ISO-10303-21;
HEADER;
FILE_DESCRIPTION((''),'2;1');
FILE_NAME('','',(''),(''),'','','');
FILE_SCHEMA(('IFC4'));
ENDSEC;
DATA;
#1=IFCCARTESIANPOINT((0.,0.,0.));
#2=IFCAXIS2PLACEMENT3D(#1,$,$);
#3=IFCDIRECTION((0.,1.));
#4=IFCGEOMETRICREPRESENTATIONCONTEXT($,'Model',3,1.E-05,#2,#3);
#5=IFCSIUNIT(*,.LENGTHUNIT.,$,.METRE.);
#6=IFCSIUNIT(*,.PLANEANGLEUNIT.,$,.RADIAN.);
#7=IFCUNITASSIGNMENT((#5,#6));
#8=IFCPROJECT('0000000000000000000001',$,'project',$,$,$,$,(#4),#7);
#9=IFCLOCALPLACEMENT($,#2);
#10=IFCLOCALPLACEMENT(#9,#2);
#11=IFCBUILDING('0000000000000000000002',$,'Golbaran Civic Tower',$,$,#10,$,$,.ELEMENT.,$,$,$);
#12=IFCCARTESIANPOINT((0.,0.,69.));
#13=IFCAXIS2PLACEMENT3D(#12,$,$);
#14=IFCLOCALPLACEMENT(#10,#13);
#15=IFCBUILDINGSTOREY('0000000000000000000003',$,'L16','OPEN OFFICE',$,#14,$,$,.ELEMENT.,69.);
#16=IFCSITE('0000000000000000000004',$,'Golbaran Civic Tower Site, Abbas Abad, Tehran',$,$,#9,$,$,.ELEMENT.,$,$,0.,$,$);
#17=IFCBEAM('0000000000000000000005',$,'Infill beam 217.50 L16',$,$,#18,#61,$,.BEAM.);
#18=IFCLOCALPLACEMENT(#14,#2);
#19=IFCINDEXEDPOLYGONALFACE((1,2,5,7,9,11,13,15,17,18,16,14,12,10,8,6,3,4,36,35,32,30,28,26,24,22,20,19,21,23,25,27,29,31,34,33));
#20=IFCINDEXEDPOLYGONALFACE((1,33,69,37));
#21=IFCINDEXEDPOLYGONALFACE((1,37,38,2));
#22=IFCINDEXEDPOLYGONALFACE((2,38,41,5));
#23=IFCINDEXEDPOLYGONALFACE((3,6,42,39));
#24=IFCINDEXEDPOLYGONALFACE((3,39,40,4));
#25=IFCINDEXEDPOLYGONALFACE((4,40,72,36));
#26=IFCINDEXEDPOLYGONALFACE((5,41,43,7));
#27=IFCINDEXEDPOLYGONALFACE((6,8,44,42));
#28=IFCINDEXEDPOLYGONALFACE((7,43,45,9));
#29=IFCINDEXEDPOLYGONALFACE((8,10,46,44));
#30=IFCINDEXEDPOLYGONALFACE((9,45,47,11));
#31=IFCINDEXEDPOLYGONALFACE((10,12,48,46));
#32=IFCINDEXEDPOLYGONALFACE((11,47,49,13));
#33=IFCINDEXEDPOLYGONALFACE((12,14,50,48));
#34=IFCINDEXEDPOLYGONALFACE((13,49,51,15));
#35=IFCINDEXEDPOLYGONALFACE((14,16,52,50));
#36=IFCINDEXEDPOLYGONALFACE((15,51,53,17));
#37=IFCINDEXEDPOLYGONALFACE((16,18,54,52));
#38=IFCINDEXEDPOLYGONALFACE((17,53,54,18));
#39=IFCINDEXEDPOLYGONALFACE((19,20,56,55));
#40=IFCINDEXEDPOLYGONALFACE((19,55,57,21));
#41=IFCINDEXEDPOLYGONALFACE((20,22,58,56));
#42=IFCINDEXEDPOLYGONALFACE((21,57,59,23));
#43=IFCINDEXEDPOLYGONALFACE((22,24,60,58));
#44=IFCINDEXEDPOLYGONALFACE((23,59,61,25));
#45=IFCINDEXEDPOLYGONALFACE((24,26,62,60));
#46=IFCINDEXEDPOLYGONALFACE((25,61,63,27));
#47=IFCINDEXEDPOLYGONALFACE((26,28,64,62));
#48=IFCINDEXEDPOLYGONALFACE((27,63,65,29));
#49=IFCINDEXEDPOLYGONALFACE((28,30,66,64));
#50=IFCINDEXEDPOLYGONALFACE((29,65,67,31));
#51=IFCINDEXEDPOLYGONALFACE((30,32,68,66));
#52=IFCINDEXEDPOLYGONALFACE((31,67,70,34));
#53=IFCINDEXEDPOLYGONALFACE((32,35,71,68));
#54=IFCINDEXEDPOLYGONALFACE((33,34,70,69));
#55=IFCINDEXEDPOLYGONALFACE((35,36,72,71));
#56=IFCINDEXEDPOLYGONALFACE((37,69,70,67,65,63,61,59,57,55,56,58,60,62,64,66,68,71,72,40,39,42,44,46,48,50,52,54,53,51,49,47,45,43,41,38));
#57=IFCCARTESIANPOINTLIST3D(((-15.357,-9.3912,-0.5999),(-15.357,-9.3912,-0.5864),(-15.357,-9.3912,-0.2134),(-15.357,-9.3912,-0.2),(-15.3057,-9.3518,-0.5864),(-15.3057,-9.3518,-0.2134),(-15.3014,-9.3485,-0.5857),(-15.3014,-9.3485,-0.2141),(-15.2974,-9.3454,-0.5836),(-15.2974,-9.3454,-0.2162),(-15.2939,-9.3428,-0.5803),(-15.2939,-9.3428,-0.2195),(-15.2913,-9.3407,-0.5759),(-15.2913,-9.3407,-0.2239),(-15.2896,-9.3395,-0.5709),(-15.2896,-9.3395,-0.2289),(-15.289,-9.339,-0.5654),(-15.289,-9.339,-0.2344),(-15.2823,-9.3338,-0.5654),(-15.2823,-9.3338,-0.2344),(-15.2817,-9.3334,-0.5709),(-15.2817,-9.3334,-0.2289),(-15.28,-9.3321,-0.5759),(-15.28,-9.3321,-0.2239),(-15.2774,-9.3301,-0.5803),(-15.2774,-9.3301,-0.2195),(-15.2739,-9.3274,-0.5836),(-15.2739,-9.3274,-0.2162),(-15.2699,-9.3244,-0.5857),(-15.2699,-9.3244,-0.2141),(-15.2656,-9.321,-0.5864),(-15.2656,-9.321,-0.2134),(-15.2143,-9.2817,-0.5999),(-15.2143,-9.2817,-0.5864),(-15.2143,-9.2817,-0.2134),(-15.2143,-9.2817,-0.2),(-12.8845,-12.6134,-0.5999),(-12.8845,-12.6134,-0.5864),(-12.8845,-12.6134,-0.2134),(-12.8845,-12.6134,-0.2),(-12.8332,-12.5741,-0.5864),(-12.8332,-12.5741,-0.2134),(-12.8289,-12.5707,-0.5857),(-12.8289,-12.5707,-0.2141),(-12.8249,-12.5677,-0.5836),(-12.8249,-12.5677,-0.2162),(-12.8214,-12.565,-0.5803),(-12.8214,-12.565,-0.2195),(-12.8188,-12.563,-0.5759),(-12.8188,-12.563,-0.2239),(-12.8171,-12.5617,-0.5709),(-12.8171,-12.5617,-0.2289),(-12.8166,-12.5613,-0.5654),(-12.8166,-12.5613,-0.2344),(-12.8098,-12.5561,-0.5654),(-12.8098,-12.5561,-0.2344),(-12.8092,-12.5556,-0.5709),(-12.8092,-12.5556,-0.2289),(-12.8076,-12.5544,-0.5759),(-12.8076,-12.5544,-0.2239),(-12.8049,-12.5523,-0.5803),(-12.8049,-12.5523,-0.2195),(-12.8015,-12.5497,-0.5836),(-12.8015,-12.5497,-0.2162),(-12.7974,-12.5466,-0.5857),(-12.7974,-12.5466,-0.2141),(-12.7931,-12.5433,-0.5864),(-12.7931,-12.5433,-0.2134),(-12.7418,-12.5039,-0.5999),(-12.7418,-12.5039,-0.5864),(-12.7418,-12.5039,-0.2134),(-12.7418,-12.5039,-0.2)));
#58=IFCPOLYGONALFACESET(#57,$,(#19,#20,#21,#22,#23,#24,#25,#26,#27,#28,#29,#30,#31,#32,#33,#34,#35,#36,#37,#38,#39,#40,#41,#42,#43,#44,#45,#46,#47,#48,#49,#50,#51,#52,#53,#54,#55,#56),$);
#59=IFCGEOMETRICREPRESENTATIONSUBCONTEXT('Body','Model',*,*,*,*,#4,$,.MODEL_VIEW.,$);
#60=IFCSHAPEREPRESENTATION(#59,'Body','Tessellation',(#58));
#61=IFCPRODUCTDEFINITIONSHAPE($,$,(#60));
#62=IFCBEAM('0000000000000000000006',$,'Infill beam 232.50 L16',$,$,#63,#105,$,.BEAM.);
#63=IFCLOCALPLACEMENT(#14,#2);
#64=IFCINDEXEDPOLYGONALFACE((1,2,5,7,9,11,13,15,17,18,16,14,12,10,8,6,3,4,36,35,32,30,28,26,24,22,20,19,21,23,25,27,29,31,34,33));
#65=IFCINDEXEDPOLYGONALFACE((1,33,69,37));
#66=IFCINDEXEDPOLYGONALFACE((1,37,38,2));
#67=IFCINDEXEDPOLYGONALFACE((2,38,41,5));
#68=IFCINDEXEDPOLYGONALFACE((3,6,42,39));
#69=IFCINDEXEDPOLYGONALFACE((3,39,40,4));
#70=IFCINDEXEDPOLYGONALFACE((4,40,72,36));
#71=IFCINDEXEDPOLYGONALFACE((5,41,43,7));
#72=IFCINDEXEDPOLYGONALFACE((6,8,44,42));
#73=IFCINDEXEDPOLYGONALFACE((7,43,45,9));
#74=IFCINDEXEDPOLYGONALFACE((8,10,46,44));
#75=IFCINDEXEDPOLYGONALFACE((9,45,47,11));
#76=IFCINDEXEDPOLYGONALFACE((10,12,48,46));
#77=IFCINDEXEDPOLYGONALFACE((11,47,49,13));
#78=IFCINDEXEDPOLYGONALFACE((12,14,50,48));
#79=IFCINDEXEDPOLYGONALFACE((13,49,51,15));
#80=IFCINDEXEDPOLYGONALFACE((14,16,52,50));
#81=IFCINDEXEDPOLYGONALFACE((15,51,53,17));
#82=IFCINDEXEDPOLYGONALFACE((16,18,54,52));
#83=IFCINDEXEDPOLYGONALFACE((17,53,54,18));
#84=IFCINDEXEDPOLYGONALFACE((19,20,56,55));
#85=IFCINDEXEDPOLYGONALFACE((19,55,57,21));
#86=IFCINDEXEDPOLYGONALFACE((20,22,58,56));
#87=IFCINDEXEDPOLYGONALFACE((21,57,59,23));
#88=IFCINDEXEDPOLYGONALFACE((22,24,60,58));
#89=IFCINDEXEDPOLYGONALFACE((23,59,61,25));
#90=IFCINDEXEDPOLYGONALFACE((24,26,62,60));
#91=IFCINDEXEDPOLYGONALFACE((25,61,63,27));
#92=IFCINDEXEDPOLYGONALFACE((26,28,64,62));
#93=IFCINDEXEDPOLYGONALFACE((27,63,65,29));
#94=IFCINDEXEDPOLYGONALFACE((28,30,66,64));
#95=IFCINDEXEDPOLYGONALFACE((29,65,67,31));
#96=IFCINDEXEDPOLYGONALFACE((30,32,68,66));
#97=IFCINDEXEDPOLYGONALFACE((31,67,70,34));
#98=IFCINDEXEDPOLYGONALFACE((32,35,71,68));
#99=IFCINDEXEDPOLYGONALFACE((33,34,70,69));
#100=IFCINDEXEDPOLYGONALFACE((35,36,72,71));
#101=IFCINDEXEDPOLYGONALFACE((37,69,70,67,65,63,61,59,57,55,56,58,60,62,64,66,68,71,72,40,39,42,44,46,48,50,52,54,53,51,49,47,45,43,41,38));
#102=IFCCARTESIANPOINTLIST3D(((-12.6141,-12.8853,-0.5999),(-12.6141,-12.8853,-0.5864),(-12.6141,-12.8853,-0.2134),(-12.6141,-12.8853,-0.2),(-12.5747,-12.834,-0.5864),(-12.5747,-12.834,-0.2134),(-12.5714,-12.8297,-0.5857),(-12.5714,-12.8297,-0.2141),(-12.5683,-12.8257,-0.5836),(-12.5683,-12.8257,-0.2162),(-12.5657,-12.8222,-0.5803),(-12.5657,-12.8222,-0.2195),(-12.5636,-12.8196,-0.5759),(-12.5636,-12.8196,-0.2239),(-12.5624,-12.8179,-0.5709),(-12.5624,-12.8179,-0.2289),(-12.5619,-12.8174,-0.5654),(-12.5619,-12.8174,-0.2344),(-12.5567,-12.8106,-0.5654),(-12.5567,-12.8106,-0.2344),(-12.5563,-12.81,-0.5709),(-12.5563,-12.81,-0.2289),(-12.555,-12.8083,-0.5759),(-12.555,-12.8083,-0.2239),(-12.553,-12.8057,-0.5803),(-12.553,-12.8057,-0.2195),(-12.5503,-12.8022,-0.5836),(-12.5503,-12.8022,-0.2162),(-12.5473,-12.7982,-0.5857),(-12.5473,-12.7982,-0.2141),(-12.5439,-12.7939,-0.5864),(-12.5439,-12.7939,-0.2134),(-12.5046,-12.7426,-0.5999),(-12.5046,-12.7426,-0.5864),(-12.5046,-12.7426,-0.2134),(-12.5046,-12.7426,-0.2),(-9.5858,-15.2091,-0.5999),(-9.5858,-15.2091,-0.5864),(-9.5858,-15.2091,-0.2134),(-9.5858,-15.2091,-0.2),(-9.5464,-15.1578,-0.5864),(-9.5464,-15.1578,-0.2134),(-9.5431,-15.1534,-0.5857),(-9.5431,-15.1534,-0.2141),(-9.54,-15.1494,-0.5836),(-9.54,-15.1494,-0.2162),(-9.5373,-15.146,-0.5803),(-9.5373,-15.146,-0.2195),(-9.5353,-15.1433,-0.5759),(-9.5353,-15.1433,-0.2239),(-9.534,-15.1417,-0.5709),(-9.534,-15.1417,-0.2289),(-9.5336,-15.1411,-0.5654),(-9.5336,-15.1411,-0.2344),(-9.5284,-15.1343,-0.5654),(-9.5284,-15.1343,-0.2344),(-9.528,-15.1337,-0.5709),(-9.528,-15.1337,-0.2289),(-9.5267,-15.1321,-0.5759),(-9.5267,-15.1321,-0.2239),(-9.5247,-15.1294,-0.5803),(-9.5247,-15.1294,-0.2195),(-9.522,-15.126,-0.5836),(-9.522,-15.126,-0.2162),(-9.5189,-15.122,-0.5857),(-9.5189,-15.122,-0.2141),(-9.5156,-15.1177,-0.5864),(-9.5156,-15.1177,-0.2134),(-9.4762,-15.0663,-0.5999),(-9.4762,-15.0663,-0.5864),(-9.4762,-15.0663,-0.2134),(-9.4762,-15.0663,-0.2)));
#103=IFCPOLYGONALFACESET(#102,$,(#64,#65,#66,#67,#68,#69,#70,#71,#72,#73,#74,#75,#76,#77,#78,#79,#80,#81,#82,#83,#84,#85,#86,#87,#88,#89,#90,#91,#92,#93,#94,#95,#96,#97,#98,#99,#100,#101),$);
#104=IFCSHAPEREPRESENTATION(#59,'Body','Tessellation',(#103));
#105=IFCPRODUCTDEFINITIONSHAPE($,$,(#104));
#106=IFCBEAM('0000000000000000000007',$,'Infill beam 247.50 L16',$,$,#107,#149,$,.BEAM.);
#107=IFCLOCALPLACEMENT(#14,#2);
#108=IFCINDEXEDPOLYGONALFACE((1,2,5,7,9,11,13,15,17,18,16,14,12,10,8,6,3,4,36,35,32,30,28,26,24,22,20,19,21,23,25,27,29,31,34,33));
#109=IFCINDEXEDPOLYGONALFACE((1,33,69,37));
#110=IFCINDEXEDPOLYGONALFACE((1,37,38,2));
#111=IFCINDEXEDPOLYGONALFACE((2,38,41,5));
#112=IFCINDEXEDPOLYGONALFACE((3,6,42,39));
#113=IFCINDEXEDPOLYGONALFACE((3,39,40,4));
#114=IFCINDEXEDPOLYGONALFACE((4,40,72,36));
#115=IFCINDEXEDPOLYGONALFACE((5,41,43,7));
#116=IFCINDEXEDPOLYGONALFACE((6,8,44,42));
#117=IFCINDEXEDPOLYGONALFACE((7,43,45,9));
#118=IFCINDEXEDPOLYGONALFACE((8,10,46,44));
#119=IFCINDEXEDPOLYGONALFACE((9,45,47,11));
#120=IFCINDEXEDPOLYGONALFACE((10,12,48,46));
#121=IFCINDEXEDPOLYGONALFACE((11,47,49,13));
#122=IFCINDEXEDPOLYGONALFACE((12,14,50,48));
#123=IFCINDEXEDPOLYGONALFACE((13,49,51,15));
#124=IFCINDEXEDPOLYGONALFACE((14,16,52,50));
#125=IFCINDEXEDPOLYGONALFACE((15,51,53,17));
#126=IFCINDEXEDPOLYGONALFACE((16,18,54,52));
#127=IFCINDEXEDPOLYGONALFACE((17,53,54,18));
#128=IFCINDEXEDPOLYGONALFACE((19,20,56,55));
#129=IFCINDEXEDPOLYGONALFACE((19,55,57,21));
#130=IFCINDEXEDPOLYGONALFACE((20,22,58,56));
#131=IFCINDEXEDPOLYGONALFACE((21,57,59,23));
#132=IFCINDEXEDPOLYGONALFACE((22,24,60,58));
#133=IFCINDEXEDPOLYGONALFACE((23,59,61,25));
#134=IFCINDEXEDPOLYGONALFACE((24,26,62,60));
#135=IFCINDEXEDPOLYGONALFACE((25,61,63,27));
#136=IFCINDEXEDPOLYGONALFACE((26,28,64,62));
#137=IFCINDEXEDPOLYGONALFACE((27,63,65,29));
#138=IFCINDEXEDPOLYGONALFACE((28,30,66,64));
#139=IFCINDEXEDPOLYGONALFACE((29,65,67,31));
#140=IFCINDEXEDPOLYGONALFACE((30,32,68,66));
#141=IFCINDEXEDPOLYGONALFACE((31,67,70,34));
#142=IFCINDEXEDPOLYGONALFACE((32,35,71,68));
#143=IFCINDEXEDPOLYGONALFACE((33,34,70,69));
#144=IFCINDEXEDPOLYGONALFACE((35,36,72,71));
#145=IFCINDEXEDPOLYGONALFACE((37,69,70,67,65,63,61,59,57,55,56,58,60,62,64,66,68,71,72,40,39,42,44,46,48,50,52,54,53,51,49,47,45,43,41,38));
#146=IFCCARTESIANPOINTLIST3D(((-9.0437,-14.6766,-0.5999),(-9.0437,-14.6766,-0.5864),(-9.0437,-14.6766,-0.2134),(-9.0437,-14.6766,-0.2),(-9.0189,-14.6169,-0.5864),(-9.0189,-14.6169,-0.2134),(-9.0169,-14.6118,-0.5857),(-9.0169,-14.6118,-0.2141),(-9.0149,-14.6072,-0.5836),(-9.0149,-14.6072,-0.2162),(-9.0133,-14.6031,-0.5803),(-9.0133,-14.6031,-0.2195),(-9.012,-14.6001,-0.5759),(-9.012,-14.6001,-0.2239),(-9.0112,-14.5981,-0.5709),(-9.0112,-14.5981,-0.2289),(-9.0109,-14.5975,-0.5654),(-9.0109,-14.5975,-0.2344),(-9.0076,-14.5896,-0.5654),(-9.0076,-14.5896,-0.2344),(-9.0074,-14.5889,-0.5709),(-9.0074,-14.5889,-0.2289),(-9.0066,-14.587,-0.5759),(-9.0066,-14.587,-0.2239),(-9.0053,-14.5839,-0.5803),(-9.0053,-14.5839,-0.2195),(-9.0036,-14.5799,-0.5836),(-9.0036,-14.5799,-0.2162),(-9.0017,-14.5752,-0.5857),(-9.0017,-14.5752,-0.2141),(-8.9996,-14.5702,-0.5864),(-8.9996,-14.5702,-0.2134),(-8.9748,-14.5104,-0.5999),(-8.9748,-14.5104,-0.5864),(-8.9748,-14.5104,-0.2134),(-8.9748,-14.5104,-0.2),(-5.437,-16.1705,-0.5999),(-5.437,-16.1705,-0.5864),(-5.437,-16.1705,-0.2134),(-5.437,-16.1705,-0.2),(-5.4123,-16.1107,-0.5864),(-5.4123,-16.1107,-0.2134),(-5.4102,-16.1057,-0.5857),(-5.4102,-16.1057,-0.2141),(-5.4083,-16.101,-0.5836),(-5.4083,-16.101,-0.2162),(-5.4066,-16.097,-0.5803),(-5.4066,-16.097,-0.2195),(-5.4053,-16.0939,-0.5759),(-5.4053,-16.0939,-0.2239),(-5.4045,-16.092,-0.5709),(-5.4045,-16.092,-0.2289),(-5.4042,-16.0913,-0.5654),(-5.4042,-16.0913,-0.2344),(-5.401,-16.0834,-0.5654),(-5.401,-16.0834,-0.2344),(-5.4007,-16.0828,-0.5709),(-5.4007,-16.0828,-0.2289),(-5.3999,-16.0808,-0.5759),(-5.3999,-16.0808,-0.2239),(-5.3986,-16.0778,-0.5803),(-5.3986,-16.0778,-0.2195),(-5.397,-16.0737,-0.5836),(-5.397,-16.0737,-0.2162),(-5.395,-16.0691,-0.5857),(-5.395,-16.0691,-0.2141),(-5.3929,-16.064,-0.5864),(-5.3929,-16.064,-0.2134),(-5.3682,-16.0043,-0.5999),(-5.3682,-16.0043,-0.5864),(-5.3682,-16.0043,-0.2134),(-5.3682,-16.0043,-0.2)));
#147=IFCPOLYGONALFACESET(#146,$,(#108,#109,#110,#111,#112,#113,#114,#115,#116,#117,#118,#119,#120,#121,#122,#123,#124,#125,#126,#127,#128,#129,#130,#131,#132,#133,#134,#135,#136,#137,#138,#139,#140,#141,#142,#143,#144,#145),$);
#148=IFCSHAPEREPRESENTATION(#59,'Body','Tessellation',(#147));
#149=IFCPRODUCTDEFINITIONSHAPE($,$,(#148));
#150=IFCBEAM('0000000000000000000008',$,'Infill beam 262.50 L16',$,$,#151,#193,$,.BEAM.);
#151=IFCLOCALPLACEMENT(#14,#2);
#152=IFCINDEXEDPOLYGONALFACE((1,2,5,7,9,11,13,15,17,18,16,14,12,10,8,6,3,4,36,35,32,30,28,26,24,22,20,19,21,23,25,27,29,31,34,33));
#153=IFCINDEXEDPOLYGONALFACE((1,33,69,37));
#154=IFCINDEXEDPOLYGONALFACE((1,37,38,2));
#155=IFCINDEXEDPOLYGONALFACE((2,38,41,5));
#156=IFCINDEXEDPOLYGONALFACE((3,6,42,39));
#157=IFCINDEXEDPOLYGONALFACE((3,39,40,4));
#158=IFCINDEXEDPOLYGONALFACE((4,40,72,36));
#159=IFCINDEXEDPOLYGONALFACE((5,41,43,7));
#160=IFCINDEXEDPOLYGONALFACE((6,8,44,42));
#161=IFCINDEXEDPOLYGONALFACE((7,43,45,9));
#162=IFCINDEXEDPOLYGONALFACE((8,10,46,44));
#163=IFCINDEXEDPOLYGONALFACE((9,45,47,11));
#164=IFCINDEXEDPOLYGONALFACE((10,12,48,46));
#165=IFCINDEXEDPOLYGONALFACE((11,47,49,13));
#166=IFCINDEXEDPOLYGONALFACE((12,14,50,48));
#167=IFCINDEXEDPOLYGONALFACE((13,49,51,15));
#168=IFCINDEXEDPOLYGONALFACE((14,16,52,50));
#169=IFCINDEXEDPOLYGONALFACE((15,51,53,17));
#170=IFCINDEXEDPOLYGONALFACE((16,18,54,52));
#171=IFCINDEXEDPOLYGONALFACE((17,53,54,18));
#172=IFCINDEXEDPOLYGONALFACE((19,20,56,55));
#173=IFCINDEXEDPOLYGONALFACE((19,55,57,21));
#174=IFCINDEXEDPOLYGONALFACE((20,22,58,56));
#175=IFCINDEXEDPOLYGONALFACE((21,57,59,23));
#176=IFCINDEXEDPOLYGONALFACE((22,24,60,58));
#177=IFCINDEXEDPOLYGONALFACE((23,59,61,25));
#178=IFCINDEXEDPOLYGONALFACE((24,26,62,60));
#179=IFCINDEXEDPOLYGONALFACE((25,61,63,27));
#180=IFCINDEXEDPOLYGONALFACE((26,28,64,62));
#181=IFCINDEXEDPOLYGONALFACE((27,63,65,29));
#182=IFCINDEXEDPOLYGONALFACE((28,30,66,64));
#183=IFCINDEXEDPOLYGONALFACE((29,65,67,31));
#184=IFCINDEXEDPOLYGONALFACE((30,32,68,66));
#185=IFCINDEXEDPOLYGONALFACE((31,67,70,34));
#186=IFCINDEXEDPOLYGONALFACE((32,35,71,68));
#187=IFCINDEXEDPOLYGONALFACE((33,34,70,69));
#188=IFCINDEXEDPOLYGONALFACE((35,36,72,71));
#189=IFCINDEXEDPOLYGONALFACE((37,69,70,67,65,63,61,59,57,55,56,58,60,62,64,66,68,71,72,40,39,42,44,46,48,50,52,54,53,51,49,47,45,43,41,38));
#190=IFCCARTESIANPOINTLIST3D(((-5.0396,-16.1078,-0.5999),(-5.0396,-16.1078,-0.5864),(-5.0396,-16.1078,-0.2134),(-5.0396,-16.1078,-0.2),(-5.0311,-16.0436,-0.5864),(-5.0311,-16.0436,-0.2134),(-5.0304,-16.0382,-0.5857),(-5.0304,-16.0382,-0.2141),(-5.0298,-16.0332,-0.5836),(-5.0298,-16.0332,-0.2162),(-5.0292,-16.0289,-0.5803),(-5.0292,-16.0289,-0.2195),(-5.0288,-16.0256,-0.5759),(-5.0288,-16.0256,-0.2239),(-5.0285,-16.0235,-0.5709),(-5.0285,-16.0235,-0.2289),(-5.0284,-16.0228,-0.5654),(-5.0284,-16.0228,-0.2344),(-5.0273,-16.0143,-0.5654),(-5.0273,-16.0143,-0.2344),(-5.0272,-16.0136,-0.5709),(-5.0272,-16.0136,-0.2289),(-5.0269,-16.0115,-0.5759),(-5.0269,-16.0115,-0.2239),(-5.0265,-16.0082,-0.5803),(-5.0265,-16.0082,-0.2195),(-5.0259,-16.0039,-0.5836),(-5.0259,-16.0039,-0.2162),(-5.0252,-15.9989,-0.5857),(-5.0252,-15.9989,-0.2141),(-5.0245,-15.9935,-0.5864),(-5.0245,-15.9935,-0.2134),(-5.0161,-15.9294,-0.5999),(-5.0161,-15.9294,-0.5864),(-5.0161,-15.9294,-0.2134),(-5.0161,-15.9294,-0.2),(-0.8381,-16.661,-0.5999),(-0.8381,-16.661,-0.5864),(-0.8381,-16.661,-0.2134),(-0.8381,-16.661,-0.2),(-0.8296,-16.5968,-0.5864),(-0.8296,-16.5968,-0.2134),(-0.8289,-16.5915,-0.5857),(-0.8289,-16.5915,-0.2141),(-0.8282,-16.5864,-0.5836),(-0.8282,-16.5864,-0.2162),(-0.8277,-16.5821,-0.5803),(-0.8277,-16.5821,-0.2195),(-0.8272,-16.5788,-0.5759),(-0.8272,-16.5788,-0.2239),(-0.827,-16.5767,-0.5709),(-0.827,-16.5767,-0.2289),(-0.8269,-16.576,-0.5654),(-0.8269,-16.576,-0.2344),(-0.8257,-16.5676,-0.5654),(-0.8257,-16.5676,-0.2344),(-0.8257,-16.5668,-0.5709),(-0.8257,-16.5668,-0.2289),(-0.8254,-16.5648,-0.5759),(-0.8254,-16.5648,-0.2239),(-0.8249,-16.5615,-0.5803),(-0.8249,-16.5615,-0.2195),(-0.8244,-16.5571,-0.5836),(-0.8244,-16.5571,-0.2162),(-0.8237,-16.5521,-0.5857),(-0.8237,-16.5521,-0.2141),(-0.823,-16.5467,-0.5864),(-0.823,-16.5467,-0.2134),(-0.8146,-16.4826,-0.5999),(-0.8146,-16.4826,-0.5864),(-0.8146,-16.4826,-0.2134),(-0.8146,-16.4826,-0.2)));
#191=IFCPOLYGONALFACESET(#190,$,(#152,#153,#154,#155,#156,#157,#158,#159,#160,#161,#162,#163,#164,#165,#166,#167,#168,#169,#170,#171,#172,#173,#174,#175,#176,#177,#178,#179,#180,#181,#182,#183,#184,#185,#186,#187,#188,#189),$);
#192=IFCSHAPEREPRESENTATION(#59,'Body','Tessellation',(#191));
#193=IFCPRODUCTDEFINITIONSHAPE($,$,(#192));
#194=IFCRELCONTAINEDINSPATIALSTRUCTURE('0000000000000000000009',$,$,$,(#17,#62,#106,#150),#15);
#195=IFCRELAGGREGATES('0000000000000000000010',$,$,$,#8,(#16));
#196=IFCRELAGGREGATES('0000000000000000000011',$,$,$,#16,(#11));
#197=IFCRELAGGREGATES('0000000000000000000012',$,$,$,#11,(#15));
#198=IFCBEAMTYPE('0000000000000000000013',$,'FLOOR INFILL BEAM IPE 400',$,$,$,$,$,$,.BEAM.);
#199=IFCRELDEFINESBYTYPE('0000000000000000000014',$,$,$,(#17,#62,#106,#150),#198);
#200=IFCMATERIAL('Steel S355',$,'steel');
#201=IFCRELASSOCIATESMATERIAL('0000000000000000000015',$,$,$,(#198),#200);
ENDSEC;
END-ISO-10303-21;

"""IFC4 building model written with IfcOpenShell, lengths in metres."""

from ifc_helpers import new_model, si_unit, direction, frame, origin, origin_2d, place, context, subcontext, project, spatial, i_section, extrude, material, material_profile, profile_set, type_object, element, save


model = new_model("IFC4")

# Units and contexts
model_context = context("Model", 3, precision=1e-05, world=origin(), true_north=direction((0.0, 1.0)))
body_context = subcontext(model_context, "Body", "Model", "MODEL_VIEW")
ifc_project = project(units=[si_unit("LENGTHUNIT", "METRE"), si_unit("PLANEANGLEUNIT", "RADIAN")], contexts=[model_context])

# Site, building, storey
site_placement = place(None, origin())
site = spatial("IfcSite", under=ifc_project, at=site_placement, Name="Golbaran Civic Tower Site, Abbas Abad, Tehran", CompositionType="ELEMENT", RefElevation=0.0)
building_placement = place(site_placement, origin())
building = spatial("IfcBuilding", under=site, at=building_placement, Name="Golbaran Civic Tower", CompositionType="ELEMENT")
storey_placement = place(building_placement, frame((0.0, 0.0, 69.0)))
storey = spatial("IfcBuildingStorey", under=building, at=storey_placement, Name="L16", Description="OPEN OFFICE", CompositionType="ELEMENT", Elevation=69.0)

# Beams
ifc_material_1 = material(Name="Steel S355", Category="steel")
ifc_material_profile_1 = material_profile(ifc_material_1, i_section(OverallWidth=0.1799, OverallDepth=0.3999, WebThickness=0.0085, FlangeThickness=0.0134, FilletRadius=0.021, at=origin_2d()), Name="IPE 400")
ifc_profile_set_1 = profile_set([ifc_material_profile_1], Name="Steel S355")
beam_type_1 = type_object("IfcBeamType", Name="FLOOR INFILL BEAM IPE 400", PredefinedType="BEAM", material=ifc_profile_set_1)
beam_1_placement = place(storey_placement, frame((-15.2856, -9.3364, -0.3999), z_axis=(0.608755, -0.793359, 0.0), x_axis=(0.793359, 0.608755, 0.0)))
element("IfcBeam", 1, at=beam_1_placement, inside=storey, type_object=beam_type_1, Name="Infill beam 217.50 L16", PredefinedType="BEAM", context=body_context, shape_type="SweptSolid", body=[
    extrude(i_section(OverallWidth=0.1799, OverallDepth=0.3999, WebThickness=0.0085, FlangeThickness=0.0134, FilletRadius=0.021, at=origin_2d()), origin(), (0.0, 0.0, 1.0), 4.0615),
])
beam_2_placement = place(storey_placement, frame((-12.5593, -12.814, -0.3999), z_axis=(0.793351, -0.608764, 0.0), x_axis=(0.608764, 0.793351, 0.0)))
element("IfcBeam", 2, at=beam_2_placement, inside=storey, type_object=beam_type_1, Name="Infill beam 232.50 L16", PredefinedType="BEAM", context=body_context, shape_type="SweptSolid", body=[
    extrude(i_section(OverallWidth=0.1799, OverallDepth=0.3999, WebThickness=0.0085, FlangeThickness=0.0134, FilletRadius=0.021, at=origin_2d()), origin(), (0.0, 0.0, 1.0), 3.8171),
])
beam_3_placement = place(storey_placement, frame((-9.0093, -14.5935, -0.3999), z_axis=(0.923883, -0.382674, 0.0), x_axis=(0.382674, 0.923883, 0.0)))
element("IfcBeam", 3, at=beam_3_placement, inside=storey, type_object=beam_type_1, Name="Infill beam 247.50 L16", PredefinedType="BEAM", context=body_context, shape_type="SweptSolid", body=[
    extrude(i_section(OverallWidth=0.1799, OverallDepth=0.3999, WebThickness=0.0085, FlangeThickness=0.0134, FilletRadius=0.021, at=origin_2d()), origin(), (0.0, 0.0, 1.0), 3.9038),
])
beam_4_placement = place(storey_placement, frame((-5.0278, -16.0186, -0.3999), z_axis=(0.991442, -0.130548, 0.0), x_axis=(0.130548, 0.991442, 0.0)))
element("IfcBeam", 4, at=beam_4_placement, inside=storey, type_object=beam_type_1, Name="Infill beam 262.50 L16", PredefinedType="BEAM", context=body_context, shape_type="SweptSolid", body=[
    extrude(i_section(OverallWidth=0.1799, OverallDepth=0.3999, WebThickness=0.0085, FlangeThickness=0.0134, FilletRadius=0.021, at=origin_2d()), origin(), (0.0, 0.0, 1.0), 4.2378),
])

save(model, "model.ifc")
